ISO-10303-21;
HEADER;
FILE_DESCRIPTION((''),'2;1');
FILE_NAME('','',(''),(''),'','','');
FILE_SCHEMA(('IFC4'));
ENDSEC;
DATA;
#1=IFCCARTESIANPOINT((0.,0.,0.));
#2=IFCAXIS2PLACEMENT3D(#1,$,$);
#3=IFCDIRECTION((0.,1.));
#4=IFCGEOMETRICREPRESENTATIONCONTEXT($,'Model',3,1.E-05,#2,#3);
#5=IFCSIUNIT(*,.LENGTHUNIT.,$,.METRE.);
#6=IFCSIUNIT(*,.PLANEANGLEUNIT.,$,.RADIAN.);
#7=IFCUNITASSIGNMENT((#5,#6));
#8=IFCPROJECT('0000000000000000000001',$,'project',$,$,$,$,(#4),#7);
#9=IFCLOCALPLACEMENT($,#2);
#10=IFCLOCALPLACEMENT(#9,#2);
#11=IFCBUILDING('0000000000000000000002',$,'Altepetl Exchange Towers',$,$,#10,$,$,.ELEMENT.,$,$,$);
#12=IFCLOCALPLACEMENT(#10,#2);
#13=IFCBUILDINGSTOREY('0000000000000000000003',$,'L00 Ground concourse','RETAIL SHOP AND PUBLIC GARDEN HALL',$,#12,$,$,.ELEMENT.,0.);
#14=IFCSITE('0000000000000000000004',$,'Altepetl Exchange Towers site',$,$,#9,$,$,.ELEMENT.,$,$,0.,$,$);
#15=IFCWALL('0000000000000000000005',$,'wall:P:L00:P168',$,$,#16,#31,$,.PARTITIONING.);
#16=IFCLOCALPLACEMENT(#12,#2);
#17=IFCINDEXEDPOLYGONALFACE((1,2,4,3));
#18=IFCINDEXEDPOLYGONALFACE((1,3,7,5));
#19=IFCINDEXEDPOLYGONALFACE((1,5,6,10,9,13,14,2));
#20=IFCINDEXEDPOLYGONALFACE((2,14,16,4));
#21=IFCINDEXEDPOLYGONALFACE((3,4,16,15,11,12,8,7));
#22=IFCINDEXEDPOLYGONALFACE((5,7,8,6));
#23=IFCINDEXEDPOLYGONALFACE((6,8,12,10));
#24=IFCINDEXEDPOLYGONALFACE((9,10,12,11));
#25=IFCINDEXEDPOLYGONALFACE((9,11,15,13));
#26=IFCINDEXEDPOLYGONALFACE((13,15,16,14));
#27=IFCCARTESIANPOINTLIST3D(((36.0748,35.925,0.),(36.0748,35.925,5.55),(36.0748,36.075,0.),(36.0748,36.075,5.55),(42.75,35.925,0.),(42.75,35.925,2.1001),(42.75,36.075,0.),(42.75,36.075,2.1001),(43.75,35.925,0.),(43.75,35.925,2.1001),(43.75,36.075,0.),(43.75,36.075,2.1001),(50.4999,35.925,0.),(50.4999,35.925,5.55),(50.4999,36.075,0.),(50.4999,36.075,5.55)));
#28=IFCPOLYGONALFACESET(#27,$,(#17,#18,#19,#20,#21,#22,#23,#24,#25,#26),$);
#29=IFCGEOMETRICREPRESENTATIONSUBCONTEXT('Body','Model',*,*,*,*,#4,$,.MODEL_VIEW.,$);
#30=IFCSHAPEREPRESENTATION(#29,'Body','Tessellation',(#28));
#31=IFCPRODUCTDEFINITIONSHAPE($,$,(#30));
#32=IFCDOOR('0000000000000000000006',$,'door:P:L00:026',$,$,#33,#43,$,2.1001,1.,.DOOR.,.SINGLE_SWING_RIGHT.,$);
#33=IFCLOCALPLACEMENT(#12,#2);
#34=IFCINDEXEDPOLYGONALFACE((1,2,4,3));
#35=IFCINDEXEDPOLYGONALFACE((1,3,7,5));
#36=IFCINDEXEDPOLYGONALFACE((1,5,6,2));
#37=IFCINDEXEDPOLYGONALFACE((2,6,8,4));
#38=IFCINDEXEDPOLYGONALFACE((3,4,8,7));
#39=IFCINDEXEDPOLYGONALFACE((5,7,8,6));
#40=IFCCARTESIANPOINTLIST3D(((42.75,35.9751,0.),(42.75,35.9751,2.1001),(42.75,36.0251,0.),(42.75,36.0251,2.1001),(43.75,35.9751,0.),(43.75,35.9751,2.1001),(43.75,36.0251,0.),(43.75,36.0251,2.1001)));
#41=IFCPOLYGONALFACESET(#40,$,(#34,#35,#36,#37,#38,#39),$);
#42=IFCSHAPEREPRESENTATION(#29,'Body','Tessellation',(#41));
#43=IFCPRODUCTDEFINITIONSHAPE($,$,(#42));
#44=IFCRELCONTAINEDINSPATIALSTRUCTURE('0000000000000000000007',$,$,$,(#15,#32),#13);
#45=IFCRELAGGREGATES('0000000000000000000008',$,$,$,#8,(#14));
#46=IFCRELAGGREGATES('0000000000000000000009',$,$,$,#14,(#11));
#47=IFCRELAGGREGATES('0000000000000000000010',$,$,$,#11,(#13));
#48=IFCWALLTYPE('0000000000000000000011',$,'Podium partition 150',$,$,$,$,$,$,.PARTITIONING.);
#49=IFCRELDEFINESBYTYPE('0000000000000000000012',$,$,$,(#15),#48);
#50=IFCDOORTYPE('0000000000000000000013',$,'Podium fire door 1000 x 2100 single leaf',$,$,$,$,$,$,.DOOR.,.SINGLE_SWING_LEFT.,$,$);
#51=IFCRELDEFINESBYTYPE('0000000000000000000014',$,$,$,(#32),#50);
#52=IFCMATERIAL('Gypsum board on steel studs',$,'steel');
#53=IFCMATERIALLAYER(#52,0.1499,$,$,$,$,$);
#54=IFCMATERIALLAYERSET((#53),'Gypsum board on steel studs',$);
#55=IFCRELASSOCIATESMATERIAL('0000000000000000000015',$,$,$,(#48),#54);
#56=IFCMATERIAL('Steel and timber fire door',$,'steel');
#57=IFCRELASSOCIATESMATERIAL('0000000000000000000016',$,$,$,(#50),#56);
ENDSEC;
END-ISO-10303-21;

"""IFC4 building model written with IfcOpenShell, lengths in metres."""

from ifc_helpers import new_model, si_unit, direction, frame, frame_2d, origin, place, context, subcontext, project, spatial, rectangle, extrude, material, layer, layer_set, type_object, element, fill, save


model = new_model("IFC4")

# Units and contexts
model_context = context("Model", 3, precision=1e-05, world=origin(), true_north=direction((0.0, 1.0)))
body_context = subcontext(model_context, "Body", "Model", "MODEL_VIEW")
ifc_project = project(units=[si_unit("LENGTHUNIT", "METRE"), si_unit("PLANEANGLEUNIT", "RADIAN")], contexts=[model_context])

# Site, building, storey
site_placement = place(None, origin())
site = spatial("IfcSite", under=ifc_project, at=site_placement, Name="Altepetl Exchange Towers site", CompositionType="ELEMENT", RefElevation=0.0)
building_placement = place(site_placement, origin())
building = spatial("IfcBuilding", under=site, at=building_placement, Name="Altepetl Exchange Towers", CompositionType="ELEMENT")
storey_placement = place(building_placement, origin())
storey = spatial("IfcBuildingStorey", under=building, at=storey_placement, Name="L00 Ground concourse", Description="RETAIL SHOP AND PUBLIC GARDEN HALL", CompositionType="ELEMENT", Elevation=0.0)

# Shared definitions
ifc_material_1 = material(Name="Steel and timber fire door", Category="steel")

# Shared definitions
ifc_material_2 = material(Name="Gypsum board on steel studs", Category="steel")
ifc_layer_1 = layer(ifc_material_2, 0.1499)
ifc_layer_set_1 = layer_set([ifc_layer_1], Name="Gypsum board on steel studs")
wall_type_1 = type_object("IfcWallType", Name="Podium partition 150", PredefinedType="PARTITIONING", material=ifc_layer_set_1)
door_type_1 = type_object("IfcDoorType", Name="Podium fire door 1000 x 2100 single leaf", OperationType="SINGLE_SWING_LEFT", PredefinedType="DOOR", material=ifc_material_1)

# Wall, opening, door
wall_1_placement = place(storey_placement, frame((36.075, 36.0, 0.0)))
wall_1 = element("IfcWall", 1, at=wall_1_placement, inside=storey, type_object=wall_type_1, Name="wall:P:L00:P168", PredefinedType="PARTITIONING", context=body_context, shape_type="SweptSolid", body=[
    extrude(rectangle(XDim=14.425, YDim=0.1499, at=frame_2d((7.2124, 0.0))), origin(), (0.0, 0.0, 1.0), 5.55),
])
opening_1_placement = place(wall_1_placement, frame((6.675, 0.0, 0.0)))
opening_1 = element("IfcOpeningElement", 2, at=opening_1_placement, cuts=wall_1, PredefinedType="OPENING", context=body_context, shape_type="SweptSolid", body=[
    extrude(rectangle(XDim=1.0, YDim=2.1001, at=frame_2d((0.5, 1.05))), frame((0.0, 0.085, 0.0), z_axis=(0.0, -1.0, 0.0), x_axis=(1.0, 0.0, 0.0)), (0.0, 0.0, 1.0), 0.1699),
])
door_1_placement = place(opening_1_placement, frame((1.0, 0.0, 0.0), x_axis=(-1.0, 0.0, 0.0)))
door_1 = element("IfcDoor", 3, at=door_1_placement, inside=storey, type_object=door_type_1, Name="door:P:L00:026", OperationType="SINGLE_SWING_RIGHT", OverallHeight=2.1001, OverallWidth=1.0, PredefinedType="DOOR", context=body_context, shape_type="SweptSolid", body=[
    extrude(rectangle(XDim=1.0, YDim=2.1001, at=frame_2d((0.5, 1.05))), frame((0.0, 0.0249, 0.0), z_axis=(0.0, -1.0, 0.0), x_axis=(1.0, 0.0, 0.0)), (0.0, 0.0, 1.0), 0.05),
])
fill(opening_1, door_1)

save(model, "model.ifc")
